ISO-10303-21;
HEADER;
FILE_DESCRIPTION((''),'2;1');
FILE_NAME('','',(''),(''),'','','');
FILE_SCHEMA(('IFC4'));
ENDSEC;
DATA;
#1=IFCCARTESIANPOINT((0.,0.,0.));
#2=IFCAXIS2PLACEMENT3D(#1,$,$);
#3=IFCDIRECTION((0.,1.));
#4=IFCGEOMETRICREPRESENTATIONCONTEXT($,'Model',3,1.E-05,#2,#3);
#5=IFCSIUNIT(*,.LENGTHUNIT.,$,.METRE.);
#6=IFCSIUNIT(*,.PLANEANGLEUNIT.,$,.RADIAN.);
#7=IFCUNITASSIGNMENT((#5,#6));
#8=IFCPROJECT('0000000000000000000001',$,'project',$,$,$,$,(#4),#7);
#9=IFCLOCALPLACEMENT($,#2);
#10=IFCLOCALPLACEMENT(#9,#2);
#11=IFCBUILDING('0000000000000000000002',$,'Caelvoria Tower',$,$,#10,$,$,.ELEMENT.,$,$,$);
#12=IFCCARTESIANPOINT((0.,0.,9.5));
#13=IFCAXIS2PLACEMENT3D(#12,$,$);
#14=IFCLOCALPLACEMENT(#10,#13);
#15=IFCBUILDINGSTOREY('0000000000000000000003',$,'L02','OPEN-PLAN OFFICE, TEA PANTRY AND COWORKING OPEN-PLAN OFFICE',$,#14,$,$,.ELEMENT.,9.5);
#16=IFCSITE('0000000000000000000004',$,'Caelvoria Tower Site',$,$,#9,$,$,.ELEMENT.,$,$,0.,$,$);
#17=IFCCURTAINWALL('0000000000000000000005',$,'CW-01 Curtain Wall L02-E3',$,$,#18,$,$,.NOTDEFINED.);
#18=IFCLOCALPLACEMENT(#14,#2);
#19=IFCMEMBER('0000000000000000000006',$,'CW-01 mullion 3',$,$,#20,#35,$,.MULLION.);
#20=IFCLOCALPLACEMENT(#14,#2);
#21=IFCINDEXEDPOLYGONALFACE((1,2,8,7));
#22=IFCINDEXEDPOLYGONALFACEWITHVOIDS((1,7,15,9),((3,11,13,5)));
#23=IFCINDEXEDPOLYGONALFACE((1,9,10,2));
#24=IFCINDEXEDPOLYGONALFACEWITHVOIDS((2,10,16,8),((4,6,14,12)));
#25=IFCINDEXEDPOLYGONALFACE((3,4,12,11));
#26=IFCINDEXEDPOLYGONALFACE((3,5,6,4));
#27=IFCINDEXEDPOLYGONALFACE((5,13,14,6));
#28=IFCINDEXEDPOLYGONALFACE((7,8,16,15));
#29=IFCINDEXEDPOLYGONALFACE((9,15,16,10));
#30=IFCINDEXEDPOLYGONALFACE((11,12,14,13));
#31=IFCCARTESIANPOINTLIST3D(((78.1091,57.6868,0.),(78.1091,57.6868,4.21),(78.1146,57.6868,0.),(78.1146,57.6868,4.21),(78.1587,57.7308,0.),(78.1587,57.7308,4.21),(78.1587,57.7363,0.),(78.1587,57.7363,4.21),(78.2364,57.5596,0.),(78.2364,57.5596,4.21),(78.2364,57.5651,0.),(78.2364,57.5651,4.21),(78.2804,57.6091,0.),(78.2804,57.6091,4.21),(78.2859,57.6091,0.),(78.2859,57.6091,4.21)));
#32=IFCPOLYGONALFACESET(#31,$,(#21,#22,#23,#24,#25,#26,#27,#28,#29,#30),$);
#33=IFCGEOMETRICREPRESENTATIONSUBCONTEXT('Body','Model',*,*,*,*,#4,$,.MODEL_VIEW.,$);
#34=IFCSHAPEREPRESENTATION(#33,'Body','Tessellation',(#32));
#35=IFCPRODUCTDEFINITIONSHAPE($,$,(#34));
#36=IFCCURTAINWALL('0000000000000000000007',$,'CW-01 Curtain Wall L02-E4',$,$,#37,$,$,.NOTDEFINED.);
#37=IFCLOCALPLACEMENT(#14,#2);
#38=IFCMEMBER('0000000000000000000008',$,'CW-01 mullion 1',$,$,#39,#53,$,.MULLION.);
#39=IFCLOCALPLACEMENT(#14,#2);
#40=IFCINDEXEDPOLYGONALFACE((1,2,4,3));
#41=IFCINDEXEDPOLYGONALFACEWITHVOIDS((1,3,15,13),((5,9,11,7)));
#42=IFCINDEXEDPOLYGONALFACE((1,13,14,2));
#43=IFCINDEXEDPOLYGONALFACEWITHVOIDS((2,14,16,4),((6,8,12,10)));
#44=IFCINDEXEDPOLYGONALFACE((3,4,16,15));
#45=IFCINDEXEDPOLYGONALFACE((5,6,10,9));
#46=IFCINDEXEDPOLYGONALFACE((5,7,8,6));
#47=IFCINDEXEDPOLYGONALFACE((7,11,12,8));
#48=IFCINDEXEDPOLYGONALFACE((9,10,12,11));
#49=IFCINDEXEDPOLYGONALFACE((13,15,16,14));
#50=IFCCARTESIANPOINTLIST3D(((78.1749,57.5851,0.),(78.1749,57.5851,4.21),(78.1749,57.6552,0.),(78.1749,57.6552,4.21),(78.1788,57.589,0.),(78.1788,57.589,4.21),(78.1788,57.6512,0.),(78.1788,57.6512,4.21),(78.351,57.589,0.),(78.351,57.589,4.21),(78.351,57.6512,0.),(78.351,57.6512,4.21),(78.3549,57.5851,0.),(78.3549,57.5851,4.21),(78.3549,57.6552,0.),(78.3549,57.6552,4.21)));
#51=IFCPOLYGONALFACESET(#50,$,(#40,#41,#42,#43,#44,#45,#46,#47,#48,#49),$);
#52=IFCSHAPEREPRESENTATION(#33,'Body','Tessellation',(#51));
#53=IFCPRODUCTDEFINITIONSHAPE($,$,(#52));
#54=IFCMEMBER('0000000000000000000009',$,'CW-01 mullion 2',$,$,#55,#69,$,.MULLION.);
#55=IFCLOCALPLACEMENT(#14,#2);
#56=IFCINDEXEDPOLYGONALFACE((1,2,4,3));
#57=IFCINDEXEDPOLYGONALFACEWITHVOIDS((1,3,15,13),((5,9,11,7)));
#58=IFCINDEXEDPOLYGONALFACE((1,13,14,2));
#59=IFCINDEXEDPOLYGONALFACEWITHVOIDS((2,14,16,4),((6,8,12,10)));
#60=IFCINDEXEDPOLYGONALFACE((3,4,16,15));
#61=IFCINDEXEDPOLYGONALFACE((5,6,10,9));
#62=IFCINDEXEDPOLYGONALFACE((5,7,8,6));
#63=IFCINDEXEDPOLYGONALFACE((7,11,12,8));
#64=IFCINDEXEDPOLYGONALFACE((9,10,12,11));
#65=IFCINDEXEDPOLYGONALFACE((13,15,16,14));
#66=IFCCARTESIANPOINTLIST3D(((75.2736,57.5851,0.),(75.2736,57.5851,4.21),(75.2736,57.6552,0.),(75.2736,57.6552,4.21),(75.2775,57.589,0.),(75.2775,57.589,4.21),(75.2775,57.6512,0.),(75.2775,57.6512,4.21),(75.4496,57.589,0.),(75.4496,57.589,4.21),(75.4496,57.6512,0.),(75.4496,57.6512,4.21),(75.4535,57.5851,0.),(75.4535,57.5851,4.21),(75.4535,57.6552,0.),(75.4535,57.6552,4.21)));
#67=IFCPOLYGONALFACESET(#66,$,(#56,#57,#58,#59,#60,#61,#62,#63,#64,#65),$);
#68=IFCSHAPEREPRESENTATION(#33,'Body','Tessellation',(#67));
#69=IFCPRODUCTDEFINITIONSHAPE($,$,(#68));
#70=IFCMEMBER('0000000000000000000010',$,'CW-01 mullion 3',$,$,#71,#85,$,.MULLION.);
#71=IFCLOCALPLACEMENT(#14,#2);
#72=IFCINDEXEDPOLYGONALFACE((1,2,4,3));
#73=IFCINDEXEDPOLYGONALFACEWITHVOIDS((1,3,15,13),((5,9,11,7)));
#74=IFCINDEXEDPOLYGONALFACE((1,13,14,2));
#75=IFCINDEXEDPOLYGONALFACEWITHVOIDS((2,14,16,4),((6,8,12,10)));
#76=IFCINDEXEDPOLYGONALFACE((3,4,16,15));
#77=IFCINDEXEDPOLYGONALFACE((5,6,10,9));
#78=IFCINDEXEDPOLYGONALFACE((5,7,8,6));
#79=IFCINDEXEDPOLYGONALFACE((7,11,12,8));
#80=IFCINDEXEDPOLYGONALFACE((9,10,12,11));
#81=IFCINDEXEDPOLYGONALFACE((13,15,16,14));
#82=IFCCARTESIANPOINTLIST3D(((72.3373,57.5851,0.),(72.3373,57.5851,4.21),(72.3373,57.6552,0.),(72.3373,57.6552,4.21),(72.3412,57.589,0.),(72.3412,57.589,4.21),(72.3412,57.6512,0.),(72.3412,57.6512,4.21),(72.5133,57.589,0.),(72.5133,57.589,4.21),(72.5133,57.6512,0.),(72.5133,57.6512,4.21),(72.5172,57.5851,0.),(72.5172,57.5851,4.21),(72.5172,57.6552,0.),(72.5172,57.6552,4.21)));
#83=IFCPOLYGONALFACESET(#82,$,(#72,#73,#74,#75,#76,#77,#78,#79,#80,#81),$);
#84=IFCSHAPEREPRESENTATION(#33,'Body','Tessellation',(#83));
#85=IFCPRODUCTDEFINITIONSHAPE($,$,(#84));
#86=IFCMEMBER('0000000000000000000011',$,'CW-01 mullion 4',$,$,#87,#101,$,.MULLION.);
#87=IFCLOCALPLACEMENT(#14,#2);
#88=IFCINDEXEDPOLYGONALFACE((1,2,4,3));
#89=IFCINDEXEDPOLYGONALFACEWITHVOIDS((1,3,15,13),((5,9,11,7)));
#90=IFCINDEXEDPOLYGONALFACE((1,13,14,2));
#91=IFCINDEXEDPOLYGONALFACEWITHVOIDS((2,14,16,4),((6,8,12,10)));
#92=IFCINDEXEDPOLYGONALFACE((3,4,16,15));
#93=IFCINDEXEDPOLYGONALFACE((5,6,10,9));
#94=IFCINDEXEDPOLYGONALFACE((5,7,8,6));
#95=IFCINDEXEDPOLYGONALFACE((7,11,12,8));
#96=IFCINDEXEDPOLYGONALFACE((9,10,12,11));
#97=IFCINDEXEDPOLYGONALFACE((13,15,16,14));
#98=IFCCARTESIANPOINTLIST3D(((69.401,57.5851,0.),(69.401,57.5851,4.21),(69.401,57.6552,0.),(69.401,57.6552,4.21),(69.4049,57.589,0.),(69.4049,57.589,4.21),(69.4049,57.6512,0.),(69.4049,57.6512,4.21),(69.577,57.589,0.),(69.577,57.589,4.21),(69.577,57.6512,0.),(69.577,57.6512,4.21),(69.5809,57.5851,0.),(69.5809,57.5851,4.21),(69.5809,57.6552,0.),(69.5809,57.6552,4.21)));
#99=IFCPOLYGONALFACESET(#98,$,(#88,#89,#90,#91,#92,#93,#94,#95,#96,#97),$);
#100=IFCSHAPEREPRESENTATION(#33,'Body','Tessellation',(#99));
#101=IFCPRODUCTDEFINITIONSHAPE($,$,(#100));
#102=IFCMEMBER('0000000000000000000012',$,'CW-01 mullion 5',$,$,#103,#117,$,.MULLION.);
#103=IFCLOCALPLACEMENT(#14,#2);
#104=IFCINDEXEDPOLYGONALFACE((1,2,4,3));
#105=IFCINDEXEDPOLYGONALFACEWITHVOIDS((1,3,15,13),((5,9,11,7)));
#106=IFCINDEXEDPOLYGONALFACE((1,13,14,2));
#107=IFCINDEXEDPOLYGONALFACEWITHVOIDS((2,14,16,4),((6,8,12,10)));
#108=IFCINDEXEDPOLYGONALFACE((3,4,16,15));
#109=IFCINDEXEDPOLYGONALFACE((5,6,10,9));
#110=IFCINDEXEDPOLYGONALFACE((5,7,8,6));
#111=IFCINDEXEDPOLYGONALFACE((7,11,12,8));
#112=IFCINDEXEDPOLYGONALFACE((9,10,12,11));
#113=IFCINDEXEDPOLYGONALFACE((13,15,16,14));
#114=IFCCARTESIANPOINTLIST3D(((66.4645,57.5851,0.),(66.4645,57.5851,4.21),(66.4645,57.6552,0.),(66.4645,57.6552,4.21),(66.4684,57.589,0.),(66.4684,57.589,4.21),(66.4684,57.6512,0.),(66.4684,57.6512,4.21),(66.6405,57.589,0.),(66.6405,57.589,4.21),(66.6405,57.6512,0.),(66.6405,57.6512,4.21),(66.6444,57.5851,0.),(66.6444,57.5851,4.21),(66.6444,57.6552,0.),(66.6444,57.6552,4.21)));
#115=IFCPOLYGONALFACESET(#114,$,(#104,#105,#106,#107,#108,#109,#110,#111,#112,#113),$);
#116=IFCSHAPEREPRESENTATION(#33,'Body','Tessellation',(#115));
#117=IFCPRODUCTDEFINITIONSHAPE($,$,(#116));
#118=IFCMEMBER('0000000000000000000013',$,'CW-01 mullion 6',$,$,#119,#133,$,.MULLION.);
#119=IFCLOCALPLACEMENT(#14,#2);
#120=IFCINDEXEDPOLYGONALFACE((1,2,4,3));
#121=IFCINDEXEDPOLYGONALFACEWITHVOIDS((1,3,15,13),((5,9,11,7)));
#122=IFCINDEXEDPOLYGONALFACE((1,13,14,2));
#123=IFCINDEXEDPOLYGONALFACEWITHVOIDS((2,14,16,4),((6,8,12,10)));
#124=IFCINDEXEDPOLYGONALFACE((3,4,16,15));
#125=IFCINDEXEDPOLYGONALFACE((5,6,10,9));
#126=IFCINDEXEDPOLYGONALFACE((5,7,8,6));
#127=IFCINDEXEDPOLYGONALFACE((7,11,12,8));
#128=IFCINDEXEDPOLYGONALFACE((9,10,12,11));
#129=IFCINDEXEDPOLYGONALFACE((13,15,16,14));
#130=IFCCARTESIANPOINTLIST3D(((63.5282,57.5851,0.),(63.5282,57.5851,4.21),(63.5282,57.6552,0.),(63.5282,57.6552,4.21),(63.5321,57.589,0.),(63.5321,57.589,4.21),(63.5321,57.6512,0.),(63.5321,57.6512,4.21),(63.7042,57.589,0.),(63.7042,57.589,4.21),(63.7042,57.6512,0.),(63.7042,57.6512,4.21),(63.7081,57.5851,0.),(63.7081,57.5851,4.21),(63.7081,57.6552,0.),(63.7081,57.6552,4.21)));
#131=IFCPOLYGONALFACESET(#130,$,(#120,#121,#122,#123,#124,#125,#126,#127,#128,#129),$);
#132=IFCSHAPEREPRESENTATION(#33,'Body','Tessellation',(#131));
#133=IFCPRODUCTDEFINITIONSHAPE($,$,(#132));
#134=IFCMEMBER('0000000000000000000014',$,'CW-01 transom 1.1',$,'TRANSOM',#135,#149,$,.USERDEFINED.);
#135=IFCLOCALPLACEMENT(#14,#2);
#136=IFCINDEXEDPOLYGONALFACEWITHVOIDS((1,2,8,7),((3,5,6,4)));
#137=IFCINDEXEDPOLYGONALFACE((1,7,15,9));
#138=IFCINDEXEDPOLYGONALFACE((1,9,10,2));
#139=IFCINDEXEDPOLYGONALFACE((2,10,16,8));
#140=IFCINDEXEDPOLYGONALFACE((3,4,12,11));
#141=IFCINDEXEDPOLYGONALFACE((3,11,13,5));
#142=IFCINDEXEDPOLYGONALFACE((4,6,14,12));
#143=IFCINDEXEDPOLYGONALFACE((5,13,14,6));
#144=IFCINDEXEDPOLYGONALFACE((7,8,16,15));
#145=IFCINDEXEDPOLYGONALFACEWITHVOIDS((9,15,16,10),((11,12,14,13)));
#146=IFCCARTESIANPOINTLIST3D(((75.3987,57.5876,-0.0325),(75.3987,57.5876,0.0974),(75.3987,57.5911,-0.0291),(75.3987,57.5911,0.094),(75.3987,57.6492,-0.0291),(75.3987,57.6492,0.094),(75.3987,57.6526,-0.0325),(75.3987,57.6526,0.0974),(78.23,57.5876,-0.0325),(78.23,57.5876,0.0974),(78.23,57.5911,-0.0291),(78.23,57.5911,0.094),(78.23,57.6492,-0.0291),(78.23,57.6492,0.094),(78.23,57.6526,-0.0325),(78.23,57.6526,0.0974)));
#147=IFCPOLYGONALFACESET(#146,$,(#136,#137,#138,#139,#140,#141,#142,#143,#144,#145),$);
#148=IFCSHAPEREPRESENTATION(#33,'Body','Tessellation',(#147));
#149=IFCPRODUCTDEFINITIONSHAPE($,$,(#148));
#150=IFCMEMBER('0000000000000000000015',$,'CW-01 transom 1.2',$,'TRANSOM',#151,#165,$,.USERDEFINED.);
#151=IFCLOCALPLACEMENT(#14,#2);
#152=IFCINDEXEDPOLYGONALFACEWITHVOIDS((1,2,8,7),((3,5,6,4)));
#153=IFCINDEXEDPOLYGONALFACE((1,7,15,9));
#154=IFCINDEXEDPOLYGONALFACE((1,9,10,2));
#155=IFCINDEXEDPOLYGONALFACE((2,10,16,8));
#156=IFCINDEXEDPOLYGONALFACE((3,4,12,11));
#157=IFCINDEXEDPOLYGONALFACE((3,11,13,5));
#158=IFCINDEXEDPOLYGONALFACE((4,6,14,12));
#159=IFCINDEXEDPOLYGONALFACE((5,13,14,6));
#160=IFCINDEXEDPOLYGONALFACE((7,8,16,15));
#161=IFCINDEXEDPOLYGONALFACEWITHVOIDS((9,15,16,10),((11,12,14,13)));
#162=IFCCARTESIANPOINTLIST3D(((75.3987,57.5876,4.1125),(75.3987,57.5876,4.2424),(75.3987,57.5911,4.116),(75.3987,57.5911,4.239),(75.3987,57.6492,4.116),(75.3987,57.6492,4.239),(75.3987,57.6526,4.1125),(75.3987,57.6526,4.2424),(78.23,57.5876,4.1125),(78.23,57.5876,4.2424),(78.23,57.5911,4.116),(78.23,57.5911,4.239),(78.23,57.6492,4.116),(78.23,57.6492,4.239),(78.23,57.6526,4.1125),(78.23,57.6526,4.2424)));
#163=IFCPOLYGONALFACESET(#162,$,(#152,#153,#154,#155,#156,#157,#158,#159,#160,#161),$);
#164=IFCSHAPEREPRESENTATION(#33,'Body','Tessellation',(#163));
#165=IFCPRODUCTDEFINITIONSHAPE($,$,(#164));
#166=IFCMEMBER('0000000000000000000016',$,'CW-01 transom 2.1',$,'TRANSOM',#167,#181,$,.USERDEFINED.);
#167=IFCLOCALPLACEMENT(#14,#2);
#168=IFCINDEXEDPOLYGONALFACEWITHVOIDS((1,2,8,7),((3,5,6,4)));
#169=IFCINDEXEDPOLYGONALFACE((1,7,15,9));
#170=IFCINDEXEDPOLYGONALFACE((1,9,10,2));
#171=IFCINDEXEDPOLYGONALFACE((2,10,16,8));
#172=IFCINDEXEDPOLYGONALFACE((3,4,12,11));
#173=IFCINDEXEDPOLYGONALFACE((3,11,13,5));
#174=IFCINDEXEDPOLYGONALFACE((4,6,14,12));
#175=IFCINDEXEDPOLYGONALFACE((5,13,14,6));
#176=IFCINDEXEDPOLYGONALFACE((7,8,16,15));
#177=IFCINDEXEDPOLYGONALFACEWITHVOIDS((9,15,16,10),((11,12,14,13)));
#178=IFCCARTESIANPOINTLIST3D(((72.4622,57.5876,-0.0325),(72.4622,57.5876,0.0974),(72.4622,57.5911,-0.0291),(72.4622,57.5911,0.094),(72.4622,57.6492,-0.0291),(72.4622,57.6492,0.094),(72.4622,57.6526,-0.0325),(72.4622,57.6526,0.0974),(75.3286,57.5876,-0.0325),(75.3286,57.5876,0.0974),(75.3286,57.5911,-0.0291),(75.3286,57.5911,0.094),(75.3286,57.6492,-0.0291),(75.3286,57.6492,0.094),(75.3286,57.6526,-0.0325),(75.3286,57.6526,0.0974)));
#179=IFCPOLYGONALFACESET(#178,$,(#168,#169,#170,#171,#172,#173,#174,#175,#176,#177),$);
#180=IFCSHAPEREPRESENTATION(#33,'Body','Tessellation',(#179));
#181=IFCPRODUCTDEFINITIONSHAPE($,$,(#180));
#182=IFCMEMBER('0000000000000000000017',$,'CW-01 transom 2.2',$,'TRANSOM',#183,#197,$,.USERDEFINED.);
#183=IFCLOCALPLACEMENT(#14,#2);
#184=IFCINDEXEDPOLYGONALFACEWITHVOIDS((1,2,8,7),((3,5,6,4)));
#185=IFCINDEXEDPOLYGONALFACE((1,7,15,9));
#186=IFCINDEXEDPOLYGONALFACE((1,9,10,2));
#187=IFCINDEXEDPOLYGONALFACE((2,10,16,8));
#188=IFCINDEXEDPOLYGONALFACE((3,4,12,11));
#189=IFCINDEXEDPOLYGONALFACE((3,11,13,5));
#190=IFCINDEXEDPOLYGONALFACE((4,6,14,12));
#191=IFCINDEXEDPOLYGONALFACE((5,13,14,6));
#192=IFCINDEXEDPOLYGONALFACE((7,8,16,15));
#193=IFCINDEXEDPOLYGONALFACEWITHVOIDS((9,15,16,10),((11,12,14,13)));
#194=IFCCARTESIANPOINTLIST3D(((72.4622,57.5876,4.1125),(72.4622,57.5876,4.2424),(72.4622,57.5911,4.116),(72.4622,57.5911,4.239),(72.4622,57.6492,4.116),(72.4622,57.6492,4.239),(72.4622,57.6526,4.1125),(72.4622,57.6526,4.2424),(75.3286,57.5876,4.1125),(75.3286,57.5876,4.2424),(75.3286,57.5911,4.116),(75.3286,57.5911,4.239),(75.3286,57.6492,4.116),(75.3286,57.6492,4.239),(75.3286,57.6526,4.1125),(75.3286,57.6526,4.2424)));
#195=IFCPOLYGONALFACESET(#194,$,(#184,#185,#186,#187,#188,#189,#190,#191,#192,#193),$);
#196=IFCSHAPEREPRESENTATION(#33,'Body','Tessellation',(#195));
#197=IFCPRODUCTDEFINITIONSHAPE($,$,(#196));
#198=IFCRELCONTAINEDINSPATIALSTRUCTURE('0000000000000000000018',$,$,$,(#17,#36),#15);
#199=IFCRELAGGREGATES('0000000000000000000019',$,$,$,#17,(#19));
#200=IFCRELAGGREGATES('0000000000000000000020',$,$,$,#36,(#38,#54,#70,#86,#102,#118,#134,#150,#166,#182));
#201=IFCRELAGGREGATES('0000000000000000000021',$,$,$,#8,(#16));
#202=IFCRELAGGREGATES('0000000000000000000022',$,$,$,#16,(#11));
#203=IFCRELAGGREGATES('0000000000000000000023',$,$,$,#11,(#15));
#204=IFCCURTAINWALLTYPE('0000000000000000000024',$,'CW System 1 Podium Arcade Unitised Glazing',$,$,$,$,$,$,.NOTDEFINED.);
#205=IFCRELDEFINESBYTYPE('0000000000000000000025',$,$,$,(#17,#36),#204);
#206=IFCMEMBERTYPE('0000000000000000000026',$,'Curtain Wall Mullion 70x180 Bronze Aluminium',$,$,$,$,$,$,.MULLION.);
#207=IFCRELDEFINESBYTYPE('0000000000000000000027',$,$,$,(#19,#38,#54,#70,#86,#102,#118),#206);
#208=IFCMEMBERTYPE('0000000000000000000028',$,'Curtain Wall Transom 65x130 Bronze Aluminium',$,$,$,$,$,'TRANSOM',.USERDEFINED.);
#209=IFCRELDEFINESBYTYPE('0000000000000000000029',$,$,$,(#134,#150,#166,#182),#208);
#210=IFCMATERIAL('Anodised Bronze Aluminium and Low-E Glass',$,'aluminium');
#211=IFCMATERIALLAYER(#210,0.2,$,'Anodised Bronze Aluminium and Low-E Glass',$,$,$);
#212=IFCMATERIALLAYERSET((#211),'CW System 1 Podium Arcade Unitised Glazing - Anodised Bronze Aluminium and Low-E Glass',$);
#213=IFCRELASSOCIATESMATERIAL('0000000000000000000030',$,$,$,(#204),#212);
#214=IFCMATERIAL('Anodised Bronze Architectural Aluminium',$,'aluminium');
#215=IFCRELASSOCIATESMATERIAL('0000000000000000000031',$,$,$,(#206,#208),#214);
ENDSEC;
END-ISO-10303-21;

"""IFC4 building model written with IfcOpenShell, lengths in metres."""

from ifc_helpers import new_model, si_unit, direction, frame, origin, origin_2d, place, context, subcontext, project, spatial, hollow_rectangle, extrude, material, layer, layer_set, material_profile, profile_set, type_object, element, aggregate, save


model = new_model("IFC4")

# Units and contexts
model_context = context("Model", 3, precision=1e-05, world=origin(), true_north=direction((0.0, 1.0)))
body_context = subcontext(model_context, "Body", "Model", "MODEL_VIEW")
ifc_project = project(units=[si_unit("LENGTHUNIT", "METRE"), si_unit("PLANEANGLEUNIT", "RADIAN")], contexts=[model_context])

# Site, building, storey
site_placement = place(None, origin())
site = spatial("IfcSite", under=ifc_project, at=site_placement, Name="Caelvoria Tower Site", CompositionType="ELEMENT", RefElevation=0.0)
building_placement = place(site_placement, origin())
building = spatial("IfcBuilding", under=site, at=building_placement, Name="Caelvoria Tower", CompositionType="ELEMENT")
storey_placement = place(building_placement, frame((0.0, 0.0, 9.5)))
storey = spatial("IfcBuildingStorey", under=building, at=storey_placement, Name="L02", Description="OPEN-PLAN OFFICE, TEA PANTRY AND COWORKING OPEN-PLAN OFFICE", CompositionType="ELEMENT", Elevation=9.5)

# Curtain wall, member
ifc_material_1 = material(Name="Anodised Bronze Aluminium and Low-E Glass", Category="aluminium")
ifc_layer_1 = layer(ifc_material_1, 0.2, Name="Anodised Bronze Aluminium and Low-E Glass")
ifc_layer_set_1 = layer_set([ifc_layer_1], Name="CW System 1 Podium Arcade Unitised Glazing - Anodised Bronze Aluminium and Low-E Glass")
curtain_wall_type = type_object("IfcCurtainWallType", Name="CW System 1 Podium Arcade Unitised Glazing", PredefinedType="NOTDEFINED", material=ifc_layer_set_1)
curtain_wall_1_placement = place(storey_placement, origin())
curtain_wall_1 = element("IfcCurtainWall", 1, at=curtain_wall_1_placement, inside=storey, type_object=curtain_wall_type, Name="CW-01 Curtain Wall L02-E3", PredefinedType="NOTDEFINED")
ifc_material_2 = material(Name="Anodised Bronze Architectural Aluminium", Category="aluminium")
ifc_material_profile_1 = material_profile(ifc_material_2, hollow_rectangle(XDim=0.0701, YDim=0.1799, WallThickness=0.0039, at=origin_2d()), Name="Anodised Bronze Architectural Aluminium")
ifc_profile_set_1 = profile_set([ifc_material_profile_1], Name="CW_MULL_70X180 - Anodised Bronze Architectural Aluminium")
member_type_1 = type_object("IfcMemberType", Name="Curtain Wall Mullion 70x180 Bronze Aluminium", PredefinedType="MULLION", material=ifc_profile_set_1)
member_1_placement = place(storey_placement, frame((78.1975, 57.6479, 0.0), z_axis=(0.0, 0.0, 1.0), x_axis=(-0.707107, -0.707107, 0.0)))
member_1 = element("IfcMember", 2, at=member_1_placement, type_object=member_type_1, Name="CW-01 mullion 3", PredefinedType="MULLION", context=body_context, shape_type="SweptSolid", body=[
    extrude(hollow_rectangle(XDim=0.0701, YDim=0.1799, WallThickness=0.0039, at=origin_2d()), origin(), (0.0, 0.0, 1.0), 4.21),
])
aggregate(curtain_wall_1, [member_1])

# Curtain wall, members
curtain_wall_2_placement = place(storey_placement, origin())
curtain_wall_2 = element("IfcCurtainWall", 3, at=curtain_wall_2_placement, inside=storey, type_object=curtain_wall_type, Name="CW-01 Curtain Wall L02-E4", PredefinedType="NOTDEFINED")
member_2_placement = place(storey_placement, frame((78.2649, 57.6201, 0.0), z_axis=(0.0, 0.0, 1.0), x_axis=(0.0, -1.0, 0.0)))
member_2 = element("IfcMember", 4, at=member_2_placement, type_object=member_type_1, Name="CW-01 mullion 1", PredefinedType="MULLION", context=body_context, shape_type="SweptSolid", body=[
    extrude(hollow_rectangle(XDim=0.0701, YDim=0.1799, WallThickness=0.0039, at=origin_2d()), origin(), (0.0, 0.0, 1.0), 4.21),
])
member_3_placement = place(storey_placement, frame((75.3635, 57.6201, 0.0), z_axis=(0.0, 0.0, 1.0), x_axis=(0.0, -1.0, 0.0)))
member_3 = element("IfcMember", 5, at=member_3_placement, type_object=member_type_1, Name="CW-01 mullion 2", PredefinedType="MULLION", context=body_context, shape_type="SweptSolid", body=[
    extrude(hollow_rectangle(XDim=0.0701, YDim=0.1799, WallThickness=0.0039, at=origin_2d()), origin(), (0.0, 0.0, 1.0), 4.21),
])
member_4_placement = place(storey_placement, frame((72.4272, 57.6201, 0.0), z_axis=(0.0, 0.0, 1.0), x_axis=(0.0, -1.0, 0.0)))
member_4 = element("IfcMember", 6, at=member_4_placement, type_object=member_type_1, Name="CW-01 mullion 3", PredefinedType="MULLION", context=body_context, shape_type="SweptSolid", body=[
    extrude(hollow_rectangle(XDim=0.0701, YDim=0.1799, WallThickness=0.0039, at=origin_2d()), origin(), (0.0, 0.0, 1.0), 4.21),
])
member_5_placement = place(storey_placement, frame((69.491, 57.6201, 0.0), z_axis=(0.0, 0.0, 1.0), x_axis=(0.0, -1.0, 0.0)))
member_5 = element("IfcMember", 7, at=member_5_placement, type_object=member_type_1, Name="CW-01 mullion 4", PredefinedType="MULLION", context=body_context, shape_type="SweptSolid", body=[
    extrude(hollow_rectangle(XDim=0.0701, YDim=0.1799, WallThickness=0.0039, at=origin_2d()), origin(), (0.0, 0.0, 1.0), 4.21),
])
member_6_placement = place(storey_placement, frame((66.5544, 57.6201, 0.0), z_axis=(0.0, 0.0, 1.0), x_axis=(0.0, -1.0, 0.0)))
member_6 = element("IfcMember", 8, at=member_6_placement, type_object=member_type_1, Name="CW-01 mullion 5", PredefinedType="MULLION", context=body_context, shape_type="SweptSolid", body=[
    extrude(hollow_rectangle(XDim=0.0701, YDim=0.1799, WallThickness=0.0039, at=origin_2d()), origin(), (0.0, 0.0, 1.0), 4.21),
])
member_7_placement = place(storey_placement, frame((63.6182, 57.6201, 0.0), z_axis=(0.0, 0.0, 1.0), x_axis=(0.0, -1.0, 0.0)))
member_7 = element("IfcMember", 9, at=member_7_placement, type_object=member_type_1, Name="CW-01 mullion 6", PredefinedType="MULLION", context=body_context, shape_type="SweptSolid", body=[
    extrude(hollow_rectangle(XDim=0.0701, YDim=0.1799, WallThickness=0.0039, at=origin_2d()), origin(), (0.0, 0.0, 1.0), 4.21),
])
ifc_material_profile_2 = material_profile(ifc_material_2, hollow_rectangle(XDim=0.0649, YDim=0.1299, WallThickness=0.0034, at=origin_2d()), Name="Anodised Bronze Architectural Aluminium")
ifc_profile_set_2 = profile_set([ifc_material_profile_2], Name="CW_TRAN_65X130 - Anodised Bronze Architectural Aluminium")
member_type_2 = type_object("IfcMemberType", Name="Curtain Wall Transom 65x130 Bronze Aluminium", ElementType="TRANSOM", PredefinedType="USERDEFINED", material=ifc_profile_set_2)
member_8_placement = place(storey_placement, frame((78.23, 57.6201, 0.0325), z_axis=(-1.0, 0.0, 0.0), x_axis=(0.0, -1.0, 0.0)))
member_8 = element("IfcMember", 10, at=member_8_placement, type_object=member_type_2, Name="CW-01 transom 1.1", ObjectType="TRANSOM", PredefinedType="USERDEFINED", context=body_context, shape_type="SweptSolid", body=[
    extrude(hollow_rectangle(XDim=0.0649, YDim=0.1299, WallThickness=0.0034, at=origin_2d()), origin(), (0.0, 0.0, 1.0), 2.8313),
])
member_9_placement = place(storey_placement, frame((78.23, 57.6201, 4.1775), z_axis=(-1.0, 0.0, 0.0), x_axis=(0.0, -1.0, 0.0)))
member_9 = element("IfcMember", 11, at=member_9_placement, type_object=member_type_2, Name="CW-01 transom 1.2", ObjectType="TRANSOM", PredefinedType="USERDEFINED", context=body_context, shape_type="SweptSolid", body=[
    extrude(hollow_rectangle(XDim=0.0649, YDim=0.1299, WallThickness=0.0034, at=origin_2d()), origin(), (0.0, 0.0, 1.0), 2.8313),
])
member_10_placement = place(storey_placement, frame((75.3286, 57.6201, 0.0325), z_axis=(-1.0, 0.0, 0.0), x_axis=(0.0, -1.0, 0.0)))
member_10 = element("IfcMember", 12, at=member_10_placement, type_object=member_type_2, Name="CW-01 transom 2.1", ObjectType="TRANSOM", PredefinedType="USERDEFINED", context=body_context, shape_type="SweptSolid", body=[
    extrude(hollow_rectangle(XDim=0.0649, YDim=0.1299, WallThickness=0.0034, at=origin_2d()), origin(), (0.0, 0.0, 1.0), 2.8665),
])
member_11_placement = place(storey_placement, frame((75.3286, 57.6201, 4.1775), z_axis=(-1.0, 0.0, 0.0), x_axis=(0.0, -1.0, 0.0)))
member_11 = element("IfcMember", 13, at=member_11_placement, type_object=member_type_2, Name="CW-01 transom 2.2", ObjectType="TRANSOM", PredefinedType="USERDEFINED", context=body_context, shape_type="SweptSolid", body=[
    extrude(hollow_rectangle(XDim=0.0649, YDim=0.1299, WallThickness=0.0034, at=origin_2d()), origin(), (0.0, 0.0, 1.0), 2.8665),
])
aggregate(curtain_wall_2, [member_2, member_3, member_4, member_5, member_6, member_7, member_8, member_9, member_10, member_11])

save(model, "model.ifc")
